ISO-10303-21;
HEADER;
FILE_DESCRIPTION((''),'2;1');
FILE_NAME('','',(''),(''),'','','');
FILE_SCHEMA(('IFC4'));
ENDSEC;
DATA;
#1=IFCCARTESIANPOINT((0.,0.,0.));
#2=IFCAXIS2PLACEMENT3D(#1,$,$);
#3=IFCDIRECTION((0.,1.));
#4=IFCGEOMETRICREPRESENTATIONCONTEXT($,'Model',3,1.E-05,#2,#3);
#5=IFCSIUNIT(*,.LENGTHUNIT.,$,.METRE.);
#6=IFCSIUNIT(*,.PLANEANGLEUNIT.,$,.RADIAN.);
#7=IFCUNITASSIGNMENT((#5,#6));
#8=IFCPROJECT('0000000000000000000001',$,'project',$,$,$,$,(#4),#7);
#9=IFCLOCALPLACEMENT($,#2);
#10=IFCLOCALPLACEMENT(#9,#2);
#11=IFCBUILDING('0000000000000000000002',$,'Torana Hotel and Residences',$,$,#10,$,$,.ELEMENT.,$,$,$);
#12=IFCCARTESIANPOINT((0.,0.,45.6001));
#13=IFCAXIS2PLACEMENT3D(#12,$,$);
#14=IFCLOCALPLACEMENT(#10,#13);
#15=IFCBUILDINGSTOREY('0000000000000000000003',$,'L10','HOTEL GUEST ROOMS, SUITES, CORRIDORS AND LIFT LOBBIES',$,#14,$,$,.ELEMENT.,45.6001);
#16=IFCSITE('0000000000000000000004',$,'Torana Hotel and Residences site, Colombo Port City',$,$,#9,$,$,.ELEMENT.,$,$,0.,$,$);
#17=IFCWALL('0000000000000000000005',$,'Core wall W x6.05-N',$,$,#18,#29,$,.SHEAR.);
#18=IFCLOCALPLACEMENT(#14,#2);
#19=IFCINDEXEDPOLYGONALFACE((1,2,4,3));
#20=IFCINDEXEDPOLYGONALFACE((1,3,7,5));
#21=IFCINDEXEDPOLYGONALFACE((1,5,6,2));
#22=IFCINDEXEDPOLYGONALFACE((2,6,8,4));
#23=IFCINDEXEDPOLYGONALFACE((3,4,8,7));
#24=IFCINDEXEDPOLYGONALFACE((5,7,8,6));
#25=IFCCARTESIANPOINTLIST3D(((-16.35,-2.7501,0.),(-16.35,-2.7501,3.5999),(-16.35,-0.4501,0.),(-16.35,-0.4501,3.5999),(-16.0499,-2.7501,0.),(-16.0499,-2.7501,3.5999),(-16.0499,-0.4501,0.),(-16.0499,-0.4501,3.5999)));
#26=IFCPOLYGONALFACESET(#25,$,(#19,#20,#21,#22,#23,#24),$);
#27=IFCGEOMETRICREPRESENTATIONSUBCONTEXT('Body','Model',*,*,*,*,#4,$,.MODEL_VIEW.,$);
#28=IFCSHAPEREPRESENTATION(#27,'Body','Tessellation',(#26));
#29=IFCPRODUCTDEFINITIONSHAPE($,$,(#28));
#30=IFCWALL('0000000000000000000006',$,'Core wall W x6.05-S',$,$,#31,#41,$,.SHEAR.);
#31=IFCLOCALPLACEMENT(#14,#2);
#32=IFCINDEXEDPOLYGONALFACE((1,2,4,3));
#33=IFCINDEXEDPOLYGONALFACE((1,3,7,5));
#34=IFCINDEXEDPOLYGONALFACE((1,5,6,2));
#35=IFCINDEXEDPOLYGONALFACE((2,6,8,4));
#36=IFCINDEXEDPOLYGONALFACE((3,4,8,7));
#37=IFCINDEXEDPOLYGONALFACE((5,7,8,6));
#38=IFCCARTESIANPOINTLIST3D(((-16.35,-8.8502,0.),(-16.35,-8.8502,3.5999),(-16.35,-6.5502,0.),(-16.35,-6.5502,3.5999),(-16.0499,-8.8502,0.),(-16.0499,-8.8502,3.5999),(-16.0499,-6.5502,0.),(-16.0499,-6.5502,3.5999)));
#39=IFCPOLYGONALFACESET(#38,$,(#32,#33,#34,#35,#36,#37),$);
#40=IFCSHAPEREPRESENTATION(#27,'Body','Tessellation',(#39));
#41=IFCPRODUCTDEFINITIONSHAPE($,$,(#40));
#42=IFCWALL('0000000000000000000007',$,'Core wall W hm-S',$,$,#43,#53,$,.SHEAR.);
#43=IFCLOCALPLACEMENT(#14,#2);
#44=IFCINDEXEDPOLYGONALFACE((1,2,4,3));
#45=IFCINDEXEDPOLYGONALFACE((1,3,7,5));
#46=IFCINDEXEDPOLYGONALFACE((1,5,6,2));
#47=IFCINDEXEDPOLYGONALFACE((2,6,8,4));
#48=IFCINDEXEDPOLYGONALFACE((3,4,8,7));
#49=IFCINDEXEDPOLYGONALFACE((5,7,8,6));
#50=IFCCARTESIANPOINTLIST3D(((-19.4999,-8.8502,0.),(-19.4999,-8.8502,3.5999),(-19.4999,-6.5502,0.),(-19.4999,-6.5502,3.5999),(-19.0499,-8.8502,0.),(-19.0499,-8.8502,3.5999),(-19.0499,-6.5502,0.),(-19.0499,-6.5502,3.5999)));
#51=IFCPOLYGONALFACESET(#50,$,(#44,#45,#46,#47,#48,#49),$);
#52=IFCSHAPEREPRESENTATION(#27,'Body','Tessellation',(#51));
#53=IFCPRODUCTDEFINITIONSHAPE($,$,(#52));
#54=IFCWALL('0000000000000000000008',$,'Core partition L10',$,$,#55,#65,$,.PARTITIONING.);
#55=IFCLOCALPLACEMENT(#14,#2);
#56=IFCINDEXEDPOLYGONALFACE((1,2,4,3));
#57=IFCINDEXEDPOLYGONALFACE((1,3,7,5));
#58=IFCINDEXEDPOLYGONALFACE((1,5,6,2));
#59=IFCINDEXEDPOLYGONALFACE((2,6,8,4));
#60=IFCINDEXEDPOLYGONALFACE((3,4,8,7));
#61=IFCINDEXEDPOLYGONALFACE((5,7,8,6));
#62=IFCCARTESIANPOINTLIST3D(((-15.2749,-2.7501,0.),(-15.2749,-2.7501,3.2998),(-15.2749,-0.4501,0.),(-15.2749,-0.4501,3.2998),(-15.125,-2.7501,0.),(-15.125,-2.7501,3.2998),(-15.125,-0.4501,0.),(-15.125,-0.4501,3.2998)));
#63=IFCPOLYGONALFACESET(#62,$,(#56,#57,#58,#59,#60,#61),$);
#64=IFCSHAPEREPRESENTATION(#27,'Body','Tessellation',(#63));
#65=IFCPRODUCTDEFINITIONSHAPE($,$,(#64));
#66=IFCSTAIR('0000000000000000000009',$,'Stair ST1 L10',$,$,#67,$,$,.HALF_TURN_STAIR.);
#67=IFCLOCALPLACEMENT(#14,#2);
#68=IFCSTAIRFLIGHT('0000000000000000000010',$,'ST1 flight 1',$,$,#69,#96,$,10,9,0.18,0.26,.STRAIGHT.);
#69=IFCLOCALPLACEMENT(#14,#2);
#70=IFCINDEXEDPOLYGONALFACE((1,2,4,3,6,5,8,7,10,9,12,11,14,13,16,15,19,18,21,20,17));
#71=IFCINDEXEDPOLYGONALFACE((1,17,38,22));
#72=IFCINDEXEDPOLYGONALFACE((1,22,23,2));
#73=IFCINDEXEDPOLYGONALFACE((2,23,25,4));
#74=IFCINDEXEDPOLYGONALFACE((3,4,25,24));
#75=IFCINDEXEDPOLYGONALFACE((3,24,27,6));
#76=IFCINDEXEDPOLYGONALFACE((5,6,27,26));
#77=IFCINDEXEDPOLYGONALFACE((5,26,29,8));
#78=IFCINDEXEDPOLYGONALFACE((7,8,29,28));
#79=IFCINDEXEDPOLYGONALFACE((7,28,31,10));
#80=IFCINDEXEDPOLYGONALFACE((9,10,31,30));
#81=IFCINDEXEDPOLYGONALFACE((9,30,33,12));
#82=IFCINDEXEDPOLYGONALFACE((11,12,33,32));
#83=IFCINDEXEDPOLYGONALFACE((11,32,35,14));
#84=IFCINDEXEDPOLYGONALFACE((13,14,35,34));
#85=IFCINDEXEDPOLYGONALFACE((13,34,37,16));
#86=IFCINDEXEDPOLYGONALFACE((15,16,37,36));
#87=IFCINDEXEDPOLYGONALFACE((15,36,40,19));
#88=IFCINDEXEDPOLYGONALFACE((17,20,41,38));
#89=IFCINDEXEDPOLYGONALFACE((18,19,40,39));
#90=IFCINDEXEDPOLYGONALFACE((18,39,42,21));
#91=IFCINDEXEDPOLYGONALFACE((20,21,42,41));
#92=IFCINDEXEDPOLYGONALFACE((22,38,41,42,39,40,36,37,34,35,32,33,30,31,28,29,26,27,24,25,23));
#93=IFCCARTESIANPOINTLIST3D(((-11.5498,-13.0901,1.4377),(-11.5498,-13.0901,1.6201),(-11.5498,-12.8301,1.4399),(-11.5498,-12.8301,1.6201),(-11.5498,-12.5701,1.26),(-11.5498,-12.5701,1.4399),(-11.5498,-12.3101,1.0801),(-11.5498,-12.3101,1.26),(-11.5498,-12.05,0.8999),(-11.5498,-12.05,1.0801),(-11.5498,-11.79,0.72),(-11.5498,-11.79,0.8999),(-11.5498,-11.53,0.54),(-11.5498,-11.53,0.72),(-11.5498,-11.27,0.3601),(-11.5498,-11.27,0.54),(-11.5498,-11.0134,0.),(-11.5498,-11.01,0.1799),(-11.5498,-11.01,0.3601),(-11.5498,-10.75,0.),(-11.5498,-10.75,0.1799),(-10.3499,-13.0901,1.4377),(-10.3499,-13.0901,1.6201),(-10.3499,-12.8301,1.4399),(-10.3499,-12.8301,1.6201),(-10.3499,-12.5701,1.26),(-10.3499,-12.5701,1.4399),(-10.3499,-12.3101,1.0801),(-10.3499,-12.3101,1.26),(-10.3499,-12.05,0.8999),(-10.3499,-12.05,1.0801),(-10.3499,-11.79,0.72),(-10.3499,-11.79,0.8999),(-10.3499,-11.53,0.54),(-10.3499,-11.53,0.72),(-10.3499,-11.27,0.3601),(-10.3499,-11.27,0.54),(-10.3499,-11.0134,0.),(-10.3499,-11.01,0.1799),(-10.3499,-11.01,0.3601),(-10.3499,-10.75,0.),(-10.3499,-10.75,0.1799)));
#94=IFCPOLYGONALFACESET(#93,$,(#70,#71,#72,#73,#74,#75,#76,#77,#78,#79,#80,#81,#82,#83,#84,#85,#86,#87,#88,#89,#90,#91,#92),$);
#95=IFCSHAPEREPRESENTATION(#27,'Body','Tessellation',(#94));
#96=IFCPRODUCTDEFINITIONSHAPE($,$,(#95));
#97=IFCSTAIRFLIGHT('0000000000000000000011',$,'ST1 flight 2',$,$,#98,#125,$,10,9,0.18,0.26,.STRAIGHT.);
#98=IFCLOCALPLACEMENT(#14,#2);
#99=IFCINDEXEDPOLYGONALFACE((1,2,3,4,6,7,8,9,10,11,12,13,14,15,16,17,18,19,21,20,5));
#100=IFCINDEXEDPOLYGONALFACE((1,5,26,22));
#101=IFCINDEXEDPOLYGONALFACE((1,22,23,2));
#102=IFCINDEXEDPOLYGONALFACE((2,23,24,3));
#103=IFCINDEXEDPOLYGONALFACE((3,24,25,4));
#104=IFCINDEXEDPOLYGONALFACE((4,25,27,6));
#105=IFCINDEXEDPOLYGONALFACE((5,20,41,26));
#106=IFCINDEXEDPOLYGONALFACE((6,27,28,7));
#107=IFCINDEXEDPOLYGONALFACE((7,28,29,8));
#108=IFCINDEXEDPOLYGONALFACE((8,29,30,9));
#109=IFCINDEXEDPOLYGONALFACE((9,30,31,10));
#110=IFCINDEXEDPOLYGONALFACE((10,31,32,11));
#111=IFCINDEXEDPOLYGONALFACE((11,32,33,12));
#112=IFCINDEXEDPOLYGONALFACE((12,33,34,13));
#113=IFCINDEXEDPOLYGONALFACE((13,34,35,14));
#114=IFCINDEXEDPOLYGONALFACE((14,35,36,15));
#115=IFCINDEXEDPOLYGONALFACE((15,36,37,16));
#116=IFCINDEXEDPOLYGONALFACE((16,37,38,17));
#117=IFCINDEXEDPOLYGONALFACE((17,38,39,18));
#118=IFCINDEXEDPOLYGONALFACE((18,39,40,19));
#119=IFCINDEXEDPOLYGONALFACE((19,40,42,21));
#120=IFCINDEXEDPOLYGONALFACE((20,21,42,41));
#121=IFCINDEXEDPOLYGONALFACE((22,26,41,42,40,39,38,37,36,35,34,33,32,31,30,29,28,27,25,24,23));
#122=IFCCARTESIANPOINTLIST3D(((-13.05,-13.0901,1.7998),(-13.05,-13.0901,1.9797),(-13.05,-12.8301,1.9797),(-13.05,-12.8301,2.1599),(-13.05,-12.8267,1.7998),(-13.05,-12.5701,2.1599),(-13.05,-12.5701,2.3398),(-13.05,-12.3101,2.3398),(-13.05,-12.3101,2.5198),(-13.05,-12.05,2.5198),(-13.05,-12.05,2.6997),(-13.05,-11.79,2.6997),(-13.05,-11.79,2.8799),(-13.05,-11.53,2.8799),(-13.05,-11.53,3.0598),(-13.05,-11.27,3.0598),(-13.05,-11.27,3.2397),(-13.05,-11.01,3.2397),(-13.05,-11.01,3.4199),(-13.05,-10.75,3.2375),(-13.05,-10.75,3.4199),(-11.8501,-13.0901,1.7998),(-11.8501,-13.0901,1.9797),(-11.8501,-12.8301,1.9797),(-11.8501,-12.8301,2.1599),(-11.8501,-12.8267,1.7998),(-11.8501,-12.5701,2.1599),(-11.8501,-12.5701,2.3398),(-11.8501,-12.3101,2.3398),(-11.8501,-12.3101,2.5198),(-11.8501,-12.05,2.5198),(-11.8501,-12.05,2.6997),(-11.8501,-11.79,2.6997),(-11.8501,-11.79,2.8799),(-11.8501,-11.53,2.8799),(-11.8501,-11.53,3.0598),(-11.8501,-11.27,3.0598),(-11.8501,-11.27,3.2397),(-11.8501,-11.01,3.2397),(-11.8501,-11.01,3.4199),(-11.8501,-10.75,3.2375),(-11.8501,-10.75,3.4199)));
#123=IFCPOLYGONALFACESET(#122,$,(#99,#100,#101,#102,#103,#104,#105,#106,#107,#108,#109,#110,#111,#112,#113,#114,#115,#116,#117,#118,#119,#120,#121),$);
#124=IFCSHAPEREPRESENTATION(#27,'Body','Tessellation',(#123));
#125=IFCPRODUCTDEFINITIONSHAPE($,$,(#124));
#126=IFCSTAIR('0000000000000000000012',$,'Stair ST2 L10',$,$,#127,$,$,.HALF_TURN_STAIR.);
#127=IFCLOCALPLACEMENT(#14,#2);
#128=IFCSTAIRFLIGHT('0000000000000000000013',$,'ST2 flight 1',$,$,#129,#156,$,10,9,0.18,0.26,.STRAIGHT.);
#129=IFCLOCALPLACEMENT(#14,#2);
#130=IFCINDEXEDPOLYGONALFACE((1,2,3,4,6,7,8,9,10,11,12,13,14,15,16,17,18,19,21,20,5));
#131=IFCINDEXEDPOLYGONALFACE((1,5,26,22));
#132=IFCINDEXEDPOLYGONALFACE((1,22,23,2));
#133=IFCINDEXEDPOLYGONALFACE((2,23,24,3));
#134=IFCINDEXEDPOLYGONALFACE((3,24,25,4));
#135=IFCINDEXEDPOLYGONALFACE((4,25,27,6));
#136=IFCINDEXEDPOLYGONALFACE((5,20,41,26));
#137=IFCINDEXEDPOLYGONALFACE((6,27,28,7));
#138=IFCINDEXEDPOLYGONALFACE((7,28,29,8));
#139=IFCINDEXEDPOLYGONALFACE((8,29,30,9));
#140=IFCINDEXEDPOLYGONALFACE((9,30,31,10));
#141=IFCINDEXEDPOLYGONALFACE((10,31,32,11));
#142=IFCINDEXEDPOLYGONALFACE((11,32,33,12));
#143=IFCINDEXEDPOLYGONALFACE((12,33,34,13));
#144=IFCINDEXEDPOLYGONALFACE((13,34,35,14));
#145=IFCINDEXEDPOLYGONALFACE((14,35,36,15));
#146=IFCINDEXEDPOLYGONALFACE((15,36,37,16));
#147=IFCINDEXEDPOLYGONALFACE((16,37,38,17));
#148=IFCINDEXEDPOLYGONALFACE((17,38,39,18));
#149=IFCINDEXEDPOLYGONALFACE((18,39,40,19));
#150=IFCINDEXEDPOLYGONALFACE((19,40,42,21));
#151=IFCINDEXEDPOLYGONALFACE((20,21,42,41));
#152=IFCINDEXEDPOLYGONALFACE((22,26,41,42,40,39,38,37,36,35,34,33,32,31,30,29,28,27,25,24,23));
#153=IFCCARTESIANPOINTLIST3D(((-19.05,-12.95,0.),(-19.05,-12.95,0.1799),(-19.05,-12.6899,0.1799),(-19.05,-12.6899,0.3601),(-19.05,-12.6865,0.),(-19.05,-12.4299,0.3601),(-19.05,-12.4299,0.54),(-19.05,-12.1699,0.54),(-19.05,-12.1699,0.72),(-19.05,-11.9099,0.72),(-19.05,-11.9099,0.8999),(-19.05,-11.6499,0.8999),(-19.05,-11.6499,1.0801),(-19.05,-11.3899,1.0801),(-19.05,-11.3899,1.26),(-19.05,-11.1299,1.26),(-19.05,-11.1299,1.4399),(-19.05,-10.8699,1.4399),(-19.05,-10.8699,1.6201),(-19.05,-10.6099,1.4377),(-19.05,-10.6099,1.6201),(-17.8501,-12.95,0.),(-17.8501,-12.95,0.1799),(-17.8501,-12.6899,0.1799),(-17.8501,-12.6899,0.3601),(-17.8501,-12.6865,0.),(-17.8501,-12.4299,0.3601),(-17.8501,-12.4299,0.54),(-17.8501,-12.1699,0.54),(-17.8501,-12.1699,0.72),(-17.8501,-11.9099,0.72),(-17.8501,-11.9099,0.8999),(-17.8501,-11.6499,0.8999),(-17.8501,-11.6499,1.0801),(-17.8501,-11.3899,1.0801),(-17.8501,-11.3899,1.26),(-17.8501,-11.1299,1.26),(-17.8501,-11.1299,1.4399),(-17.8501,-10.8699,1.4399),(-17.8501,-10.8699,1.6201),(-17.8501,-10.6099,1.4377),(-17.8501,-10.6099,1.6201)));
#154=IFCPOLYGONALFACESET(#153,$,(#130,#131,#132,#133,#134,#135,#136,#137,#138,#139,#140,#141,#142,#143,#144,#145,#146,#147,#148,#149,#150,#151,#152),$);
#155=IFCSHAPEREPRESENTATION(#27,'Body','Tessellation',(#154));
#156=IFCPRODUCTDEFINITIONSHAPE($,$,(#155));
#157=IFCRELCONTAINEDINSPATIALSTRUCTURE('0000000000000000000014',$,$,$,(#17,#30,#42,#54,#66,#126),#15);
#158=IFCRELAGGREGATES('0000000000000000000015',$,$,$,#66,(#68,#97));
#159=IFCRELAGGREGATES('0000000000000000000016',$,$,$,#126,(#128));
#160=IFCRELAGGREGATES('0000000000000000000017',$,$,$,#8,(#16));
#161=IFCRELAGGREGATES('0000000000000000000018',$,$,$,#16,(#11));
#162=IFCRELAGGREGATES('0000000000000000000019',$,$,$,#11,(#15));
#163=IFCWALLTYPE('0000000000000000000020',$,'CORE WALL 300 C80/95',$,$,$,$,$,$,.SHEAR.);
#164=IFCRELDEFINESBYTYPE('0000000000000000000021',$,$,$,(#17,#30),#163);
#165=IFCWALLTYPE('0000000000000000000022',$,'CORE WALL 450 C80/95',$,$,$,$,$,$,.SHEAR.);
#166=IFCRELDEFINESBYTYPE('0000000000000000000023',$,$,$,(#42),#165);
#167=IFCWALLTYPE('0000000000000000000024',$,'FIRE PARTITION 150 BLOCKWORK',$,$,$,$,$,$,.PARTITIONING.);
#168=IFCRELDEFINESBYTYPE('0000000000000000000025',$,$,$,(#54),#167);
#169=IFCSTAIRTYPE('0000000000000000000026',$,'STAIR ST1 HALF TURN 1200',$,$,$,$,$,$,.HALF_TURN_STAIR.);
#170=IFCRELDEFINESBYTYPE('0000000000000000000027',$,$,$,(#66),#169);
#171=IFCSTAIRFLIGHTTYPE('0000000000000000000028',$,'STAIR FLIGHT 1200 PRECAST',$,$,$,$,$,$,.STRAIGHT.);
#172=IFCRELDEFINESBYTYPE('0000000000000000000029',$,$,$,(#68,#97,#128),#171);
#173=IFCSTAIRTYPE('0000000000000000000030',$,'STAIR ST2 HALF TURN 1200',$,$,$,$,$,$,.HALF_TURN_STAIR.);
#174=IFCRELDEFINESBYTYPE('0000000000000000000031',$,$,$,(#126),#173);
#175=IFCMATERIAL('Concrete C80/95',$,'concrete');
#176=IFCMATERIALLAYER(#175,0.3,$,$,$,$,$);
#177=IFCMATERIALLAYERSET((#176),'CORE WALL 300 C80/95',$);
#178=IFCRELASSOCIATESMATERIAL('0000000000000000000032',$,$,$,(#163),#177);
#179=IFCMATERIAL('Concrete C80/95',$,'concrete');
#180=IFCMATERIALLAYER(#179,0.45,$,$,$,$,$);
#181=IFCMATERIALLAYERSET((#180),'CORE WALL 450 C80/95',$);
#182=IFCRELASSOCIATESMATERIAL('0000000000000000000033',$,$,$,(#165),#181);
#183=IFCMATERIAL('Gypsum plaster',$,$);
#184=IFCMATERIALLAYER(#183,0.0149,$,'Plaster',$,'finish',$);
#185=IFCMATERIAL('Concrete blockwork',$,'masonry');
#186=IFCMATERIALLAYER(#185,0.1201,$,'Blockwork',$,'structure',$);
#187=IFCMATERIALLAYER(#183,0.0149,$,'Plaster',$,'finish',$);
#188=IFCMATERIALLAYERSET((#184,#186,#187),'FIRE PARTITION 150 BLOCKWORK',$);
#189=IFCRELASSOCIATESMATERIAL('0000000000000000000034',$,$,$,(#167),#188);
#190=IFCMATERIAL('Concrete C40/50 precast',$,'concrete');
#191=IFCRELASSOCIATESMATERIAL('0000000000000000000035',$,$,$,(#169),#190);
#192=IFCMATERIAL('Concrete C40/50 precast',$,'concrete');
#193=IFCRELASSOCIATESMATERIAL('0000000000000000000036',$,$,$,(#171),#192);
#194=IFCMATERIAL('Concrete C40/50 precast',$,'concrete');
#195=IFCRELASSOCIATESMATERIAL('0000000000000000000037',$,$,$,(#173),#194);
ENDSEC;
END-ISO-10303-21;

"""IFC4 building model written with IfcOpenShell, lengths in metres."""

from ifc_helpers import new_model, si_unit, direction, frame, frame_2d, origin, place, context, subcontext, project, spatial, polyline, rectangle, outline, extrude, material, layer, layer_set, type_object, element, aggregate, save


model = new_model("IFC4")

# Units and contexts
model_context = context("Model", 3, precision=1e-05, world=origin(), true_north=direction((0.0, 1.0)))
body_context = subcontext(model_context, "Body", "Model", "MODEL_VIEW")
ifc_project = project(units=[si_unit("LENGTHUNIT", "METRE"), si_unit("PLANEANGLEUNIT", "RADIAN")], contexts=[model_context])

# Site, building, storey
site_placement = place(None, origin())
site = spatial("IfcSite", under=ifc_project, at=site_placement, Name="Torana Hotel and Residences site, Colombo Port City", CompositionType="ELEMENT", RefElevation=0.0)
building_placement = place(site_placement, origin())
building = spatial("IfcBuilding", under=site, at=building_placement, Name="Torana Hotel and Residences", CompositionType="ELEMENT")
storey_placement = place(building_placement, frame((0.0, 0.0, 45.6001)))
storey = spatial("IfcBuildingStorey", under=building, at=storey_placement, Name="L10", Description="HOTEL GUEST ROOMS, SUITES, CORRIDORS AND LIFT LOBBIES", CompositionType="ELEMENT", Elevation=45.6001)

# Shared definitions
ifc_material_1 = material(Name="Concrete C80/95", Category="concrete")
ifc_layer_1 = layer(ifc_material_1, 0.3)
ifc_layer_set_1 = layer_set([ifc_layer_1], Name="CORE WALL 300 C80/95")
wall_type_1 = type_object("IfcWallType", Name="CORE WALL 300 C80/95", PredefinedType="SHEAR", material=ifc_layer_set_1)

# Walls
for number, where, z_axis, x_axis, name in (
    (1, (-16.2, -2.75, 0.0), (0.0, 0.0, 1.0), (0.0, 1.0, 0.0), "Core wall W x6.05-N"),
    (2, (-16.2, -8.8501, 0.0), (0.0, 0.0, 1.0), (0.0, 1.0, 0.0), "Core wall W x6.05-S"),
):
    element("IfcWall", number, at=place(storey_placement, frame(where, z_axis=z_axis, x_axis=x_axis)), inside=storey, type_object=wall_type_1, Name=name, PredefinedType="SHEAR", context=body_context, shape_type="SweptSolid", body=[
        extrude(rectangle(XDim=2.3, YDim=0.3, at=frame_2d((1.1499, 0.0))), origin(), (0.0, 0.0, 1.0), 3.5999),
    ])

# Walls
ifc_material_2 = material(Name="Concrete C80/95", Category="concrete")
ifc_layer_2 = layer(ifc_material_2, 0.45)
ifc_layer_set_2 = layer_set([ifc_layer_2], Name="CORE WALL 450 C80/95")
wall_type_2 = type_object("IfcWallType", Name="CORE WALL 450 C80/95", PredefinedType="SHEAR", material=ifc_layer_set_2)
wall_1_placement = place(storey_placement, frame((-19.2749, -8.8501, 0.0), z_axis=(0.0, 0.0, 1.0), x_axis=(0.0, 1.0, 0.0)))
element("IfcWall", 3, at=wall_1_placement, inside=storey, type_object=wall_type_2, Name="Core wall W hm-S", PredefinedType="SHEAR", context=body_context, shape_type="SweptSolid", body=[
    extrude(rectangle(XDim=2.3, YDim=0.45, at=frame_2d((1.1499, 0.0))), origin(), (0.0, 0.0, 1.0), 3.5999),
])
ifc_material_3 = material(Name="Gypsum plaster")
ifc_layer_3 = layer(ifc_material_3, 0.0149, Name="Plaster", Category="finish")
ifc_material_4 = material(Name="Concrete blockwork", Category="masonry")
ifc_layer_4 = layer(ifc_material_4, 0.1201, Name="Blockwork", Category="structure")
ifc_layer_5 = layer(ifc_material_3, 0.0149, Name="Plaster", Category="finish")
ifc_layer_set_3 = layer_set([ifc_layer_3, ifc_layer_4, ifc_layer_5], Name="FIRE PARTITION 150 BLOCKWORK")
wall_type_3 = type_object("IfcWallType", Name="FIRE PARTITION 150 BLOCKWORK", PredefinedType="PARTITIONING", material=ifc_layer_set_3)
wall_2_placement = place(storey_placement, frame((-15.2, -2.75, 0.0), z_axis=(0.0, 0.0, 1.0), x_axis=(0.0, 1.0, 0.0)))
element("IfcWall", 4, at=wall_2_placement, inside=storey, type_object=wall_type_3, Name="Core partition L10", PredefinedType="PARTITIONING", context=body_context, shape_type="SweptSolid", body=[
    extrude(rectangle(XDim=2.3, YDim=0.1499, at=frame_2d((1.1499, 0.0))), origin(), (0.0, 0.0, 1.0), 3.2998),
])

# Stairs, stair flights
ifc_material_5 = material(Name="Concrete C40/50 precast", Category="concrete")
stair_type_1 = type_object("IfcStairType", Name="STAIR ST1 HALF TURN 1200", PredefinedType="HALF_TURN_STAIR", material=ifc_material_5)
stair_1_placement = place(storey_placement, origin())
stair_1 = element("IfcStair", 5, at=stair_1_placement, inside=storey, type_object=stair_type_1, Name="Stair ST1 L10", PredefinedType="HALF_TURN_STAIR")
ifc_material_6 = material(Name="Concrete C40/50 precast", Category="concrete")
stair_flight_type = type_object("IfcStairFlightType", Name="STAIR FLIGHT 1200 PRECAST", PredefinedType="STRAIGHT", material=ifc_material_6)
stair_flight_1_placement = place(storey_placement, frame((-10.95, -10.75, 0.0), z_axis=(0.0, 0.0, 1.0), x_axis=(0.0, -1.0, 0.0)))
stair_flight_1 = element("IfcStairFlight", 6, at=stair_flight_1_placement, type_object=stair_flight_type, Name="ST1 flight 1", NumberOfRisers=10, NumberOfTreads=9, PredefinedType="STRAIGHT", RiserHeight=0.18, TreadLength=0.26, context=body_context, shape_type="SweptSolid", body=[
    extrude(outline(polyline([(0.0, 0.0), (0.0, 0.1799), (0.26, 0.1799), (0.26, 0.3601), (0.52, 0.3601), (0.52, 0.54), (0.78, 0.54), (0.78, 0.72), (1.04, 0.72), (1.04, 0.8999), (1.3, 0.8999), (1.3, 1.0801), (1.5601, 1.0801), (1.5601, 1.26), (1.8201, 1.26), (1.8201, 1.4399), (2.0801, 1.4399), (2.0801, 1.6201), (2.3401, 1.6201), (2.3401, 1.8), (2.3401, 1.4377), (0.2634, 0.0), (0.0, 0.0)])), frame((0.0, 0.6001, 0.0), z_axis=(0.0, -1.0, 0.0), x_axis=(1.0, 0.0, 0.0)), (0.0, 0.0, 1.0), 1.2),
])
stair_flight_2_placement = place(storey_placement, frame((-12.45, -13.0901, 1.7998), z_axis=(0.0, 0.0, 1.0), x_axis=(0.0, 1.0, 0.0)))
stair_flight_2 = element("IfcStairFlight", 7, at=stair_flight_2_placement, type_object=stair_flight_type, Name="ST1 flight 2", NumberOfRisers=10, NumberOfTreads=9, PredefinedType="STRAIGHT", RiserHeight=0.18, TreadLength=0.26, context=body_context, shape_type="SweptSolid", body=[
    extrude(outline(polyline([(0.0, 0.0), (0.0, 0.1799), (0.26, 0.1799), (0.26, 0.3601), (0.52, 0.3601), (0.52, 0.54), (0.78, 0.54), (0.78, 0.72), (1.04, 0.72), (1.04, 0.8999), (1.3, 0.8999), (1.3, 1.0801), (1.5601, 1.0801), (1.5601, 1.26), (1.8201, 1.26), (1.8201, 1.4399), (2.0801, 1.4399), (2.0801, 1.6201), (2.3401, 1.6201), (2.3401, 1.8), (2.3401, 1.4377), (0.2634, 0.0), (0.0, 0.0)])), frame((0.0, 0.6001, 0.0), z_axis=(0.0, -1.0, 0.0), x_axis=(1.0, 0.0, 0.0)), (0.0, 0.0, 1.0), 1.2),
])
aggregate(stair_1, [stair_flight_1, stair_flight_2])
ifc_material_7 = material(Name="Concrete C40/50 precast", Category="concrete")
stair_type_2 = type_object("IfcStairType", Name="STAIR ST2 HALF TURN 1200", PredefinedType="HALF_TURN_STAIR", material=ifc_material_7)
stair_2_placement = place(storey_placement, origin())
stair_2 = element("IfcStair", 8, at=stair_2_placement, inside=storey, type_object=stair_type_2, Name="Stair ST2 L10", PredefinedType="HALF_TURN_STAIR")
stair_flight_3_placement = place(storey_placement, frame((-18.45, -12.95, 0.0), z_axis=(0.0, 0.0, 1.0), x_axis=(0.0, 1.0, 0.0)))
stair_flight_3 = element("IfcStairFlight", 9, at=stair_flight_3_placement, type_object=stair_flight_type, Name="ST2 flight 1", NumberOfRisers=10, NumberOfTreads=9, PredefinedType="STRAIGHT", RiserHeight=0.18, TreadLength=0.26, context=body_context, shape_type="SweptSolid", body=[
    extrude(outline(polyline([(0.0, 0.0), (0.0, 0.1799), (0.26, 0.1799), (0.26, 0.3601), (0.52, 0.3601), (0.52, 0.54), (0.78, 0.54), (0.78, 0.72), (1.04, 0.72), (1.04, 0.8999), (1.3, 0.8999), (1.3, 1.0801), (1.5601, 1.0801), (1.5601, 1.26), (1.8201, 1.26), (1.8201, 1.4399), (2.0801, 1.4399), (2.0801, 1.6201), (2.3401, 1.6201), (2.3401, 1.8), (2.3401, 1.4377), (0.2634, 0.0), (0.0, 0.0)])), frame((0.0, 0.6001, 0.0), z_axis=(0.0, -1.0, 0.0), x_axis=(1.0, 0.0, 0.0)), (0.0, 0.0, 1.0), 1.2),
])
aggregate(stair_2, [stair_flight_3])

save(model, "model.ifc")
